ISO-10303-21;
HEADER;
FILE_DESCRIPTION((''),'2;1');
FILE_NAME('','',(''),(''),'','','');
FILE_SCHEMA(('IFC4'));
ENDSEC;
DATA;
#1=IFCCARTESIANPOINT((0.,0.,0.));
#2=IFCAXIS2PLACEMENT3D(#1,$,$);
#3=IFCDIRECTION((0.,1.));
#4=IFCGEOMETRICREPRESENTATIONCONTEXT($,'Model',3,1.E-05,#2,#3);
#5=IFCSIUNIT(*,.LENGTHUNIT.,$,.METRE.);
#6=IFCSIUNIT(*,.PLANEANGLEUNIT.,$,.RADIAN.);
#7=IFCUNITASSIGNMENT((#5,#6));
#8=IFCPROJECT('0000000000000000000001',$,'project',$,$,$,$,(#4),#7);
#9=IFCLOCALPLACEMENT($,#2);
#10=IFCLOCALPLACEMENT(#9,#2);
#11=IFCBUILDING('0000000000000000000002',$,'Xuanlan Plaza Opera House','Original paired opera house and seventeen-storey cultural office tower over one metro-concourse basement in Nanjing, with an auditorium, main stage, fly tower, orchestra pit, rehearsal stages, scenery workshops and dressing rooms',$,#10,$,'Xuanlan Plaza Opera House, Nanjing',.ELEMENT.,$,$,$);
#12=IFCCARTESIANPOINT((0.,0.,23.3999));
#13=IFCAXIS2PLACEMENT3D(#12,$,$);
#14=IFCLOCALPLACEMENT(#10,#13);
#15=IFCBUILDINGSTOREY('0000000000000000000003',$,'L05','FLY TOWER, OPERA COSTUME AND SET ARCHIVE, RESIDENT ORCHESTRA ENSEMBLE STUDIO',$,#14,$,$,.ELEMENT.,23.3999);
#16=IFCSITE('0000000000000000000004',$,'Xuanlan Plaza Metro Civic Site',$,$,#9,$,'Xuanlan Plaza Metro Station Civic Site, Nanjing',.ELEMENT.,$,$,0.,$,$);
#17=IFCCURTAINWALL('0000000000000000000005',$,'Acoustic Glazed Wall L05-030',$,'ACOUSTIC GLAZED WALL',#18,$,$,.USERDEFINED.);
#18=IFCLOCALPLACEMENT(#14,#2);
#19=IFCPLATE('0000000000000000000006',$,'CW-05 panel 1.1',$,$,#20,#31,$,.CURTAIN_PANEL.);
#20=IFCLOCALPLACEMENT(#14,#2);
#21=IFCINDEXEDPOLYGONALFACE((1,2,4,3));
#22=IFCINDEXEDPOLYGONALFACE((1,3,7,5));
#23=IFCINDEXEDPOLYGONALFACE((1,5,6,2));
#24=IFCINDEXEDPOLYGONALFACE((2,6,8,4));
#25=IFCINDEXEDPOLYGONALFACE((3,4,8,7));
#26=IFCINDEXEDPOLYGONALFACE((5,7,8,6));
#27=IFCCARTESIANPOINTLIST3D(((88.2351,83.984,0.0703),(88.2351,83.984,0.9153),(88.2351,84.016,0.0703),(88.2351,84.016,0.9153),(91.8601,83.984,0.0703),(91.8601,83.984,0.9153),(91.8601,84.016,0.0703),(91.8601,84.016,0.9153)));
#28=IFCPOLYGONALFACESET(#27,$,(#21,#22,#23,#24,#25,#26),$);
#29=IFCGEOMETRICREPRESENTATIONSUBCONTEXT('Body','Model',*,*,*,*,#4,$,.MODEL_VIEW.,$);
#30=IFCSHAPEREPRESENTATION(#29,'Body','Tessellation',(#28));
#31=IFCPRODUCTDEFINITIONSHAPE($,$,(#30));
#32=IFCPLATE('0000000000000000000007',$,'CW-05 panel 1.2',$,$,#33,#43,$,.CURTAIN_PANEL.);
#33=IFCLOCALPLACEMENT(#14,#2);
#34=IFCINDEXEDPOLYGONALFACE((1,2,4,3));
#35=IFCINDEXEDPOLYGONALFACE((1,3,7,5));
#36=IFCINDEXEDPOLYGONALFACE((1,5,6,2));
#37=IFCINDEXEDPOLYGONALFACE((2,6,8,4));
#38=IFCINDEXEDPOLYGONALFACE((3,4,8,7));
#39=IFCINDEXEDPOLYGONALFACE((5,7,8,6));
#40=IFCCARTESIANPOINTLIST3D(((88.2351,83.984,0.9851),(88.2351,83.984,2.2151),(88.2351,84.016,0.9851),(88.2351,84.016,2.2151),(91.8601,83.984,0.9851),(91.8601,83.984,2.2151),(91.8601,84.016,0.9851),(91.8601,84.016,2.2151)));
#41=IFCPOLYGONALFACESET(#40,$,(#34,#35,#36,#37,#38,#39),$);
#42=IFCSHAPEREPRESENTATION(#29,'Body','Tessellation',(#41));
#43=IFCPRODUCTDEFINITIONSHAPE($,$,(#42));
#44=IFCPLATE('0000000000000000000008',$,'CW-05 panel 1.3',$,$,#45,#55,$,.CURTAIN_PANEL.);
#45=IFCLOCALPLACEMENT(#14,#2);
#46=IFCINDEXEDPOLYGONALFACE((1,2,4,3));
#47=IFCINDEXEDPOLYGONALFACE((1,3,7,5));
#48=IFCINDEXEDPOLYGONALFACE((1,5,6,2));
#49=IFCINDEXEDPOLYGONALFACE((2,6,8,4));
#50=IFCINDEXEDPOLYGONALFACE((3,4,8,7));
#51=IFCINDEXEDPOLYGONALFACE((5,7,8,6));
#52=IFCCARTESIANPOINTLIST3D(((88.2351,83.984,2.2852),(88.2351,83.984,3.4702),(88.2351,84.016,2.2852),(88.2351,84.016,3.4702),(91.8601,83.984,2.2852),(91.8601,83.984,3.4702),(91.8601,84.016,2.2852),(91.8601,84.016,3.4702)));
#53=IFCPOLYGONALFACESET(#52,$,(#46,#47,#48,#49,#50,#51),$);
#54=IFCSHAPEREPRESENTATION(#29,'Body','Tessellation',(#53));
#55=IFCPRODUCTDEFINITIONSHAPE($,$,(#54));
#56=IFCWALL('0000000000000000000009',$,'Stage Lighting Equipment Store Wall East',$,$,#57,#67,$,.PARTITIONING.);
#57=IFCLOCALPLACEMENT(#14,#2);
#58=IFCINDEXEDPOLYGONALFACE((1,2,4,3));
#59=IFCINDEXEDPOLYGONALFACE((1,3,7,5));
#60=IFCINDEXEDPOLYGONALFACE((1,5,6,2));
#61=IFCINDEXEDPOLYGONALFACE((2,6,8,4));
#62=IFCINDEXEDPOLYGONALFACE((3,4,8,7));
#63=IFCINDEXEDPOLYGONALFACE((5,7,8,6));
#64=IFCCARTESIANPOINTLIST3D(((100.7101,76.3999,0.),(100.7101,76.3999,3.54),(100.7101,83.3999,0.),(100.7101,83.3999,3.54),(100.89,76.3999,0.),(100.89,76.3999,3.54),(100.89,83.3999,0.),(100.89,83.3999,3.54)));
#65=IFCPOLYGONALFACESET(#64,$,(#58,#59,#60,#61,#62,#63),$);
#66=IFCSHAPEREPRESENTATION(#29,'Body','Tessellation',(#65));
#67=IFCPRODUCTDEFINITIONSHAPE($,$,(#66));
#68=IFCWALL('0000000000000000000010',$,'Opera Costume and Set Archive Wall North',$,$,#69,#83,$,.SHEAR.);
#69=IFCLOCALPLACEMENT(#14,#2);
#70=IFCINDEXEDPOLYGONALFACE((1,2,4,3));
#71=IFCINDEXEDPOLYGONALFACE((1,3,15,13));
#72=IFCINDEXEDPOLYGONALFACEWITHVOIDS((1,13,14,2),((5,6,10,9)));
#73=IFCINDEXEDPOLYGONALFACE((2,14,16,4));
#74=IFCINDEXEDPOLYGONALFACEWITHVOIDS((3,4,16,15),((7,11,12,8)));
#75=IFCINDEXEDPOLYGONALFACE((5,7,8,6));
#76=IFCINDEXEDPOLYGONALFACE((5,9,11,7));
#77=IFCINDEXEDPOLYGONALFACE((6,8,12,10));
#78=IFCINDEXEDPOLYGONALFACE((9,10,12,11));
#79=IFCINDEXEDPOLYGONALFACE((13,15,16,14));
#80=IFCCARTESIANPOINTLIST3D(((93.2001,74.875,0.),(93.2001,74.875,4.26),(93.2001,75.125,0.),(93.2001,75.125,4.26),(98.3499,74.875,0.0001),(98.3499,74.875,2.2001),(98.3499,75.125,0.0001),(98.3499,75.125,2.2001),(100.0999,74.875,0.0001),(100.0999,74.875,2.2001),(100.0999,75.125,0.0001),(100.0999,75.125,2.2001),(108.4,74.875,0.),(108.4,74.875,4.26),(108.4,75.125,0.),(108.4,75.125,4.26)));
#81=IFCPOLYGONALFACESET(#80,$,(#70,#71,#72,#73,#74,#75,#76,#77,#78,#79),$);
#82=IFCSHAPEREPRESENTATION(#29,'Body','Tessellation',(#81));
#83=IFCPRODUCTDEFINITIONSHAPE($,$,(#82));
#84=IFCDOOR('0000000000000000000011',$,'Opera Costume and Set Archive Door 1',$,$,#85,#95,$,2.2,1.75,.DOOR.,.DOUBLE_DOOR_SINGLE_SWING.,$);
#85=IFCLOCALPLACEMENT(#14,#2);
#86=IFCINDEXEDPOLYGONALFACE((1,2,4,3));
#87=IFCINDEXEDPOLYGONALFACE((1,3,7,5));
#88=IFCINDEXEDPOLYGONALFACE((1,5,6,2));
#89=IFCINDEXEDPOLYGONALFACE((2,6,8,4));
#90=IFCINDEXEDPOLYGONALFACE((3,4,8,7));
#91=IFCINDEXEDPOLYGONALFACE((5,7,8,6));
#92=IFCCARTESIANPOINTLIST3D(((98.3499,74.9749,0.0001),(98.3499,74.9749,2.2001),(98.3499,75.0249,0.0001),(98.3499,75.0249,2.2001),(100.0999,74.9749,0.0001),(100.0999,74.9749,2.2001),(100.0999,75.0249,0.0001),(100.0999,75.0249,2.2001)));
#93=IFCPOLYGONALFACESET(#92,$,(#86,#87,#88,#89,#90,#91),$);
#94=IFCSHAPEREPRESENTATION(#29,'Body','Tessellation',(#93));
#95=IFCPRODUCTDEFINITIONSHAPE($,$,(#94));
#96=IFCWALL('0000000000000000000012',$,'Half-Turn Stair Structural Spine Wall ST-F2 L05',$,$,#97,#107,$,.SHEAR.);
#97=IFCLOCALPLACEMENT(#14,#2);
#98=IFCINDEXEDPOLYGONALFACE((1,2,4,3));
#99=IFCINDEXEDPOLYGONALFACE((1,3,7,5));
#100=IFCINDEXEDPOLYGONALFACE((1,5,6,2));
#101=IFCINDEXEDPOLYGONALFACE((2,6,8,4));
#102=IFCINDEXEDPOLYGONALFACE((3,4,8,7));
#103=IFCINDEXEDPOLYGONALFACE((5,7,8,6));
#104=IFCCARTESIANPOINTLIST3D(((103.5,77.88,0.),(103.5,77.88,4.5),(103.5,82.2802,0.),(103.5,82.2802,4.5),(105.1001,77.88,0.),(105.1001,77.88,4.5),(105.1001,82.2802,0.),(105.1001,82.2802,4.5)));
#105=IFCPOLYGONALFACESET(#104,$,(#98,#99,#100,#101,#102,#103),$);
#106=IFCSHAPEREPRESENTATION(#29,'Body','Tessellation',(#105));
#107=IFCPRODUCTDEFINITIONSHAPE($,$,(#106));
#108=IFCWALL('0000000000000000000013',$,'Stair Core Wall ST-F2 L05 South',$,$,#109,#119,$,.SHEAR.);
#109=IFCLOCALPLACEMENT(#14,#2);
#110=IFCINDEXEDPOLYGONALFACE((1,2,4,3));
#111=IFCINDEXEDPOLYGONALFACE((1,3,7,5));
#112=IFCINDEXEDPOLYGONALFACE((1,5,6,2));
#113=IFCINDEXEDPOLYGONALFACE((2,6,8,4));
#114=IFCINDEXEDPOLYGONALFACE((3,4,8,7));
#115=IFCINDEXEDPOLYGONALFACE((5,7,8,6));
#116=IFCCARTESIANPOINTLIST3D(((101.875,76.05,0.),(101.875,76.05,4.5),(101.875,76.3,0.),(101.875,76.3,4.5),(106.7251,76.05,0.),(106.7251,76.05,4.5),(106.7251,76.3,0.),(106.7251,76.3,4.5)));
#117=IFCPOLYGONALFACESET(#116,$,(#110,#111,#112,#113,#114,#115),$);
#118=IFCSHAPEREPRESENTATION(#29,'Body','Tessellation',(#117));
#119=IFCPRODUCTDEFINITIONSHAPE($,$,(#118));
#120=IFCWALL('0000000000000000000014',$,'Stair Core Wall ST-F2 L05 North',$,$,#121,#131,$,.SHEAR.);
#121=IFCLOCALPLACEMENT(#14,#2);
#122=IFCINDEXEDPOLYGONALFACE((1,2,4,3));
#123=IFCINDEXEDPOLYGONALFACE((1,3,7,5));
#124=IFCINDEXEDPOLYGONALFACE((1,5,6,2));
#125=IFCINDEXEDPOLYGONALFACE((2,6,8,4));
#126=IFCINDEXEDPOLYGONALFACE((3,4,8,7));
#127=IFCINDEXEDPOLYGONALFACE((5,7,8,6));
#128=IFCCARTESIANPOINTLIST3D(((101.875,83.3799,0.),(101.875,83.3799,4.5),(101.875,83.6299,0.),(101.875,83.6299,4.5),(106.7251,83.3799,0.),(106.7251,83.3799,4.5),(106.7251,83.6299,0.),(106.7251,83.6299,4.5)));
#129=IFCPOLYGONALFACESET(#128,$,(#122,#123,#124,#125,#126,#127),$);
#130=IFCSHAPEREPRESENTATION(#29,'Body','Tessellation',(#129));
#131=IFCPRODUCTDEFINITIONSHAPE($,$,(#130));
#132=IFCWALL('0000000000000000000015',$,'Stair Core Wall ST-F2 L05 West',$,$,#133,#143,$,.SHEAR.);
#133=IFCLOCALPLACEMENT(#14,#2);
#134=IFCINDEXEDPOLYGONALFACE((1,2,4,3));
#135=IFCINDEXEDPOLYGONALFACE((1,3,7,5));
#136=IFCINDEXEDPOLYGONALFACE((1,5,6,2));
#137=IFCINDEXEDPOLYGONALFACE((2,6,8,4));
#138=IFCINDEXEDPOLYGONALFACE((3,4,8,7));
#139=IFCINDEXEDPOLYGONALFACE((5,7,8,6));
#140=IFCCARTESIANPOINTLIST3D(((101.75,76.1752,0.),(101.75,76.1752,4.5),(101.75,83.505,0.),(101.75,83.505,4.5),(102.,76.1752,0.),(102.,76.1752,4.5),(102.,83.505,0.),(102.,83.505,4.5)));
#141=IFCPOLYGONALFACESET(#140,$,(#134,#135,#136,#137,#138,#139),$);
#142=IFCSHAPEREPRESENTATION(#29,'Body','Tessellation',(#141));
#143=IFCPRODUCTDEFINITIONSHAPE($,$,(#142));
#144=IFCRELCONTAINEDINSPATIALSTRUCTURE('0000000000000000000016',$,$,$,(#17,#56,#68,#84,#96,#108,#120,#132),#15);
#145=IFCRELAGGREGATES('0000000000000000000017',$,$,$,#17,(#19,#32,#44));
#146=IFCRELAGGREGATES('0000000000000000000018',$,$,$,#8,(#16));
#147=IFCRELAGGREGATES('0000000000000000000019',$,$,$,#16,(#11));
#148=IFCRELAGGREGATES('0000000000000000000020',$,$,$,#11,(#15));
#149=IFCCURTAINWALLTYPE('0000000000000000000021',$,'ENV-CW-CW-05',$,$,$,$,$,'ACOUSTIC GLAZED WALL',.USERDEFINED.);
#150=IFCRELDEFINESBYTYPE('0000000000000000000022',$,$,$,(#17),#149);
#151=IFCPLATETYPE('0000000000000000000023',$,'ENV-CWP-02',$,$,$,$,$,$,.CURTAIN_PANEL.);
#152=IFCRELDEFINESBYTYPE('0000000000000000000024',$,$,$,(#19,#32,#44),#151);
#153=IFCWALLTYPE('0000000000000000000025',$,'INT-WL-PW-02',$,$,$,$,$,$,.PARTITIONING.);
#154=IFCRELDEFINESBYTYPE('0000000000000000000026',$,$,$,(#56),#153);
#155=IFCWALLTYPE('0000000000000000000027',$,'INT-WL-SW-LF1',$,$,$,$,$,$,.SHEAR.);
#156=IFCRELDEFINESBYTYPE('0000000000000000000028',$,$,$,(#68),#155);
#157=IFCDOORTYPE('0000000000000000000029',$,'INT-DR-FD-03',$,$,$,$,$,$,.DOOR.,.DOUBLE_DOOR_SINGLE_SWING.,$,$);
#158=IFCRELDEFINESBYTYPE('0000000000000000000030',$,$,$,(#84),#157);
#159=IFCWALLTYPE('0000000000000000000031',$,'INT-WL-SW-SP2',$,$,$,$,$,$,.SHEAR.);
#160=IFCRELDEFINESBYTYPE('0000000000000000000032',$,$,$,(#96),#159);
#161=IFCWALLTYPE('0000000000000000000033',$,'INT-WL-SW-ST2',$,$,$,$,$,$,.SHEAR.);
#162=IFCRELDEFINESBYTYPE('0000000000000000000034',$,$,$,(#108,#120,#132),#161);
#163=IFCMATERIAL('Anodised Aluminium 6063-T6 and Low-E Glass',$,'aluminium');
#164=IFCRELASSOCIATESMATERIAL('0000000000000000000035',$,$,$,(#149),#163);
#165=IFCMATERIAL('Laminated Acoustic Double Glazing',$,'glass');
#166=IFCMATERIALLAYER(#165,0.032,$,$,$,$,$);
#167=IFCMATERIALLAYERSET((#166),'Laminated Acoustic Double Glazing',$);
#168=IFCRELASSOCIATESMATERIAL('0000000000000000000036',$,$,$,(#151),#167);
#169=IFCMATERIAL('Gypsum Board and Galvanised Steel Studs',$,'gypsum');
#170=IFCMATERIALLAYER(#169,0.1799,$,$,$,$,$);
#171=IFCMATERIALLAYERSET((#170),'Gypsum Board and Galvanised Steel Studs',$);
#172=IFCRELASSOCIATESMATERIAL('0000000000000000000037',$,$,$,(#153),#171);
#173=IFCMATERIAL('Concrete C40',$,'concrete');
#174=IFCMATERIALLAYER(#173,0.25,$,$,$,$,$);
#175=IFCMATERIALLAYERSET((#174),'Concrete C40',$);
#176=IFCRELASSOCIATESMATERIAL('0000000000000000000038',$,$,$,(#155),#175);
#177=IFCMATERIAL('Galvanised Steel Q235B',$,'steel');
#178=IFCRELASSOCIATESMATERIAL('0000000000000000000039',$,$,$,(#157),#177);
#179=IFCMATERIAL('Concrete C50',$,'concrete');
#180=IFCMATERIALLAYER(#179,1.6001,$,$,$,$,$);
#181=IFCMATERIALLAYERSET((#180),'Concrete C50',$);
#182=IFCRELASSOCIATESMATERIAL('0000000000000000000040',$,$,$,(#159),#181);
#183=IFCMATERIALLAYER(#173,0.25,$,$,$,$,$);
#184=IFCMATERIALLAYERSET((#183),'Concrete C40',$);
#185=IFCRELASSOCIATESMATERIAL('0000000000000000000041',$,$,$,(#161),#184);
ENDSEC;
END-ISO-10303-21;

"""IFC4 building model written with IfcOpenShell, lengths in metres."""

from ifc_helpers import new_model, si_unit, direction, frame, frame_2d, origin, origin_2d, place, context, subcontext, project, spatial, rectangle, extrude, material, layer, layer_set, type_object, element, fill, aggregate, save


model = new_model("IFC4")

# Units and contexts
model_context = context("Model", 3, precision=1e-05, world=origin(), true_north=direction((0.0, 1.0)))
body_context = subcontext(model_context, "Body", "Model", "MODEL_VIEW")
ifc_project = project(units=[si_unit("LENGTHUNIT", "METRE"), si_unit("PLANEANGLEUNIT", "RADIAN")], contexts=[model_context])

# Site, building, storey
site_placement = place(None, origin())
site = spatial("IfcSite", under=ifc_project, at=site_placement, Name="Xuanlan Plaza Metro Civic Site", LongName="Xuanlan Plaza Metro Station Civic Site, Nanjing", CompositionType="ELEMENT", RefElevation=0.0)
building_placement = place(site_placement, origin())
building = spatial("IfcBuilding", under=site, at=building_placement, Name="Xuanlan Plaza Opera House", Description="Original paired opera house and seventeen-storey cultural office tower over one metro-concourse basement in Nanjing, with an auditorium, main stage, fly tower, orchestra pit, rehearsal stages, scenery workshops and dressing rooms", LongName="Xuanlan Plaza Opera House, Nanjing", CompositionType="ELEMENT")
storey_placement = place(building_placement, frame((0.0, 0.0, 23.3999)))
storey = spatial("IfcBuildingStorey", under=building, at=storey_placement, Name="L05", Description="FLY TOWER, OPERA COSTUME AND SET ARCHIVE, RESIDENT ORCHESTRA ENSEMBLE STUDIO", CompositionType="ELEMENT", Elevation=23.3999)

# Shared definitions
ifc_material_1 = material(Name="Concrete C50", Category="concrete")

# Curtain wall
ifc_material_2 = material(Name="Anodised Aluminium 6063-T6 and Low-E Glass", Category="aluminium")
curtain_wall_type = type_object("IfcCurtainWallType", Name="ENV-CW-CW-05", ElementType="ACOUSTIC GLAZED WALL", PredefinedType="USERDEFINED", material=ifc_material_2)
curtain_wall_placement = place(storey_placement, origin())
curtain_wall = element("IfcCurtainWall", 1, at=curtain_wall_placement, inside=storey, type_object=curtain_wall_type, Name="Acoustic Glazed Wall L05-030", ObjectType="ACOUSTIC GLAZED WALL", PredefinedType="USERDEFINED")

# Shared definitions
ifc_material_3 = material(Name="Concrete C40", Category="concrete")

# Plates
ifc_material_4 = material(Name="Laminated Acoustic Double Glazing", Category="glass")
ifc_layer_1 = layer(ifc_material_4, 0.032)
ifc_layer_set_1 = layer_set([ifc_layer_1], Name="Laminated Acoustic Double Glazing")
plate_type = type_object("IfcPlateType", Name="ENV-CWP-02", PredefinedType="CURTAIN_PANEL", material=ifc_layer_set_1)
plate_1_placement = place(storey_placement, frame((90.0476, 84.0, 0.0703), z_axis=(0.0, 0.0, 1.0), x_axis=(-1.0, 0.0, 0.0)))
plate_1 = element("IfcPlate", 2, at=plate_1_placement, type_object=plate_type, Name="CW-05 panel 1.1", PredefinedType="CURTAIN_PANEL", context=body_context, shape_type="SweptSolid", body=[
    extrude(rectangle(XDim=3.625, YDim=0.032, at=origin_2d()), origin(), (0.0, 0.0, 1.0), 0.845),
])
plate_2_placement = place(storey_placement, frame((90.0476, 84.0, 0.9851), z_axis=(0.0, 0.0, 1.0), x_axis=(-1.0, 0.0, 0.0)))
plate_2 = element("IfcPlate", 3, at=plate_2_placement, type_object=plate_type, Name="CW-05 panel 1.2", PredefinedType="CURTAIN_PANEL", context=body_context, shape_type="SweptSolid", body=[
    extrude(rectangle(XDim=3.625, YDim=0.032, at=origin_2d()), origin(), (0.0, 0.0, 1.0), 1.23),
])
plate_3_placement = place(storey_placement, frame((90.0476, 84.0, 2.2852), z_axis=(0.0, 0.0, 1.0), x_axis=(-1.0, 0.0, 0.0)))
plate_3 = element("IfcPlate", 4, at=plate_3_placement, type_object=plate_type, Name="CW-05 panel 1.3", PredefinedType="CURTAIN_PANEL", context=body_context, shape_type="SweptSolid", body=[
    extrude(rectangle(XDim=3.625, YDim=0.032, at=origin_2d()), origin(), (0.0, 0.0, 1.0), 1.1851),
])
aggregate(curtain_wall, [plate_1, plate_2, plate_3])

# Wall
ifc_material_5 = material(Name="Gypsum Board and Galvanised Steel Studs", Category="gypsum")
ifc_layer_2 = layer(ifc_material_5, 0.1799)
ifc_layer_set_2 = layer_set([ifc_layer_2], Name="Gypsum Board and Galvanised Steel Studs")
wall_type_1 = type_object("IfcWallType", Name="INT-WL-PW-02", PredefinedType="PARTITIONING", material=ifc_layer_set_2)
wall_1_placement = place(storey_placement, frame((100.8, 76.3999, 0.0), z_axis=(0.0, 0.0, 1.0), x_axis=(0.0, 1.0, 0.0)))
element("IfcWall", 5, at=wall_1_placement, inside=storey, type_object=wall_type_1, Name="Stage Lighting Equipment Store Wall East", PredefinedType="PARTITIONING", context=body_context, shape_type="SweptSolid", body=[
    extrude(rectangle(XDim=7.0, YDim=0.1799, at=frame_2d((3.5, 0.0))), origin(), (0.0, 0.0, 1.0), 3.54),
])

# Wall, opening, door
ifc_layer_3 = layer(ifc_material_3, 0.25)
ifc_layer_set_3 = layer_set([ifc_layer_3], Name="Concrete C40")
wall_type_2 = type_object("IfcWallType", Name="INT-WL-SW-LF1", PredefinedType="SHEAR", material=ifc_layer_set_3)
wall_2_placement = place(storey_placement, frame((93.2, 75.0, 0.0), z_axis=(0.0, 0.0, 1.0), x_axis=(1.0, 0.0, 0.0)))
wall_2 = element("IfcWall", 6, at=wall_2_placement, inside=storey, type_object=wall_type_2, Name="Opera Costume and Set Archive Wall North", PredefinedType="SHEAR", context=body_context, shape_type="SweptSolid", body=[
    extrude(rectangle(XDim=15.2, YDim=0.25, at=frame_2d((7.6001, 0.0))), origin(), (0.0, 0.0, 1.0), 4.26),
])
opening_placement = place(wall_2_placement, frame((5.1499, 0.0, 0.0)))
opening = element("IfcOpeningElement", 7, at=opening_placement, cuts=wall_2, PredefinedType="OPENING", context=body_context, shape_type="SweptSolid", body=[
    extrude(rectangle(XDim=1.75, YDim=2.2, at=frame_2d((0.875, 1.1001))), frame((0.0, 0.135, 0.0), z_axis=(0.0, -1.0, 0.0), x_axis=(1.0, 0.0, 0.0)), (0.0, 0.0, 1.0), 0.27),
])
ifc_material_6 = material(Name="Galvanised Steel Q235B", Category="steel")
door_type = type_object("IfcDoorType", Name="INT-DR-FD-03", OperationType="DOUBLE_DOOR_SINGLE_SWING", PredefinedType="DOOR", material=ifc_material_6)
door_placement = place(opening_placement, origin())
door = element("IfcDoor", 8, at=door_placement, inside=storey, type_object=door_type, Name="Opera Costume and Set Archive Door 1", OperationType="DOUBLE_DOOR_SINGLE_SWING", OverallHeight=2.2, OverallWidth=1.75, PredefinedType="DOOR", context=body_context, shape_type="SweptSolid", body=[
    extrude(rectangle(XDim=1.75, YDim=2.2, at=frame_2d((0.875, 1.1001))), frame((0.0, 0.0249, 0.0), z_axis=(0.0, -1.0, 0.0), x_axis=(1.0, 0.0, 0.0)), (0.0, 0.0, 1.0), 0.05),
])
fill(opening, door)

# Walls
ifc_layer_4 = layer(ifc_material_1, 1.6001)
ifc_layer_set_4 = layer_set([ifc_layer_4], Name="Concrete C50")
wall_type_3 = type_object("IfcWallType", Name="INT-WL-SW-SP2", PredefinedType="SHEAR", material=ifc_layer_set_4)
wall_3_placement = place(storey_placement, frame((104.3, 77.8799, 0.0), z_axis=(0.0, 0.0, 1.0), x_axis=(0.0, 1.0, 0.0)))
element("IfcWall", 9, at=wall_3_placement, inside=storey, type_object=wall_type_3, Name="Half-Turn Stair Structural Spine Wall ST-F2 L05", PredefinedType="SHEAR", context=body_context, shape_type="SweptSolid", body=[
    extrude(rectangle(XDim=4.4001, YDim=1.6001, at=frame_2d((2.2002, 0.0))), origin(), (0.0, 0.0, 1.0), 4.5),
])
ifc_layer_5 = layer(ifc_material_3, 0.25)
ifc_layer_set_5 = layer_set([ifc_layer_5], Name="Concrete C40")
wall_type_4 = type_object("IfcWallType", Name="INT-WL-SW-ST2", PredefinedType="SHEAR", material=ifc_layer_set_5)
for number, where, z_axis, x_axis, name in (
    (10, (101.875, 76.175, 0.0), (0.0, 0.0, 1.0), (1.0, 0.0, 0.0), "Stair Core Wall ST-F2 L05 South"),
    (11, (101.875, 83.5049, 0.0), (0.0, 0.0, 1.0), (1.0, 0.0, 0.0), "Stair Core Wall ST-F2 L05 North"),
):
    element("IfcWall", number, at=place(storey_placement, frame(where, z_axis=z_axis, x_axis=x_axis)), inside=storey, type_object=wall_type_4, Name=name, PredefinedType="SHEAR", context=body_context, shape_type="SweptSolid", body=[
        extrude(rectangle(XDim=4.8501, YDim=0.25, at=frame_2d((2.425, 0.0))), origin(), (0.0, 0.0, 1.0), 4.5),
    ])
wall_4_placement = place(storey_placement, frame((101.875, 76.175, 0.0), z_axis=(0.0, 0.0, 1.0), x_axis=(0.0, 1.0, 0.0)))
element("IfcWall", 12, at=wall_4_placement, inside=storey, type_object=wall_type_4, Name="Stair Core Wall ST-F2 L05 West", PredefinedType="SHEAR", context=body_context, shape_type="SweptSolid", body=[
    extrude(rectangle(XDim=7.3298, YDim=0.25, at=frame_2d((3.665, 0.0))), origin(), (0.0, 0.0, 1.0), 4.5),
])

save(model, "model.ifc")
